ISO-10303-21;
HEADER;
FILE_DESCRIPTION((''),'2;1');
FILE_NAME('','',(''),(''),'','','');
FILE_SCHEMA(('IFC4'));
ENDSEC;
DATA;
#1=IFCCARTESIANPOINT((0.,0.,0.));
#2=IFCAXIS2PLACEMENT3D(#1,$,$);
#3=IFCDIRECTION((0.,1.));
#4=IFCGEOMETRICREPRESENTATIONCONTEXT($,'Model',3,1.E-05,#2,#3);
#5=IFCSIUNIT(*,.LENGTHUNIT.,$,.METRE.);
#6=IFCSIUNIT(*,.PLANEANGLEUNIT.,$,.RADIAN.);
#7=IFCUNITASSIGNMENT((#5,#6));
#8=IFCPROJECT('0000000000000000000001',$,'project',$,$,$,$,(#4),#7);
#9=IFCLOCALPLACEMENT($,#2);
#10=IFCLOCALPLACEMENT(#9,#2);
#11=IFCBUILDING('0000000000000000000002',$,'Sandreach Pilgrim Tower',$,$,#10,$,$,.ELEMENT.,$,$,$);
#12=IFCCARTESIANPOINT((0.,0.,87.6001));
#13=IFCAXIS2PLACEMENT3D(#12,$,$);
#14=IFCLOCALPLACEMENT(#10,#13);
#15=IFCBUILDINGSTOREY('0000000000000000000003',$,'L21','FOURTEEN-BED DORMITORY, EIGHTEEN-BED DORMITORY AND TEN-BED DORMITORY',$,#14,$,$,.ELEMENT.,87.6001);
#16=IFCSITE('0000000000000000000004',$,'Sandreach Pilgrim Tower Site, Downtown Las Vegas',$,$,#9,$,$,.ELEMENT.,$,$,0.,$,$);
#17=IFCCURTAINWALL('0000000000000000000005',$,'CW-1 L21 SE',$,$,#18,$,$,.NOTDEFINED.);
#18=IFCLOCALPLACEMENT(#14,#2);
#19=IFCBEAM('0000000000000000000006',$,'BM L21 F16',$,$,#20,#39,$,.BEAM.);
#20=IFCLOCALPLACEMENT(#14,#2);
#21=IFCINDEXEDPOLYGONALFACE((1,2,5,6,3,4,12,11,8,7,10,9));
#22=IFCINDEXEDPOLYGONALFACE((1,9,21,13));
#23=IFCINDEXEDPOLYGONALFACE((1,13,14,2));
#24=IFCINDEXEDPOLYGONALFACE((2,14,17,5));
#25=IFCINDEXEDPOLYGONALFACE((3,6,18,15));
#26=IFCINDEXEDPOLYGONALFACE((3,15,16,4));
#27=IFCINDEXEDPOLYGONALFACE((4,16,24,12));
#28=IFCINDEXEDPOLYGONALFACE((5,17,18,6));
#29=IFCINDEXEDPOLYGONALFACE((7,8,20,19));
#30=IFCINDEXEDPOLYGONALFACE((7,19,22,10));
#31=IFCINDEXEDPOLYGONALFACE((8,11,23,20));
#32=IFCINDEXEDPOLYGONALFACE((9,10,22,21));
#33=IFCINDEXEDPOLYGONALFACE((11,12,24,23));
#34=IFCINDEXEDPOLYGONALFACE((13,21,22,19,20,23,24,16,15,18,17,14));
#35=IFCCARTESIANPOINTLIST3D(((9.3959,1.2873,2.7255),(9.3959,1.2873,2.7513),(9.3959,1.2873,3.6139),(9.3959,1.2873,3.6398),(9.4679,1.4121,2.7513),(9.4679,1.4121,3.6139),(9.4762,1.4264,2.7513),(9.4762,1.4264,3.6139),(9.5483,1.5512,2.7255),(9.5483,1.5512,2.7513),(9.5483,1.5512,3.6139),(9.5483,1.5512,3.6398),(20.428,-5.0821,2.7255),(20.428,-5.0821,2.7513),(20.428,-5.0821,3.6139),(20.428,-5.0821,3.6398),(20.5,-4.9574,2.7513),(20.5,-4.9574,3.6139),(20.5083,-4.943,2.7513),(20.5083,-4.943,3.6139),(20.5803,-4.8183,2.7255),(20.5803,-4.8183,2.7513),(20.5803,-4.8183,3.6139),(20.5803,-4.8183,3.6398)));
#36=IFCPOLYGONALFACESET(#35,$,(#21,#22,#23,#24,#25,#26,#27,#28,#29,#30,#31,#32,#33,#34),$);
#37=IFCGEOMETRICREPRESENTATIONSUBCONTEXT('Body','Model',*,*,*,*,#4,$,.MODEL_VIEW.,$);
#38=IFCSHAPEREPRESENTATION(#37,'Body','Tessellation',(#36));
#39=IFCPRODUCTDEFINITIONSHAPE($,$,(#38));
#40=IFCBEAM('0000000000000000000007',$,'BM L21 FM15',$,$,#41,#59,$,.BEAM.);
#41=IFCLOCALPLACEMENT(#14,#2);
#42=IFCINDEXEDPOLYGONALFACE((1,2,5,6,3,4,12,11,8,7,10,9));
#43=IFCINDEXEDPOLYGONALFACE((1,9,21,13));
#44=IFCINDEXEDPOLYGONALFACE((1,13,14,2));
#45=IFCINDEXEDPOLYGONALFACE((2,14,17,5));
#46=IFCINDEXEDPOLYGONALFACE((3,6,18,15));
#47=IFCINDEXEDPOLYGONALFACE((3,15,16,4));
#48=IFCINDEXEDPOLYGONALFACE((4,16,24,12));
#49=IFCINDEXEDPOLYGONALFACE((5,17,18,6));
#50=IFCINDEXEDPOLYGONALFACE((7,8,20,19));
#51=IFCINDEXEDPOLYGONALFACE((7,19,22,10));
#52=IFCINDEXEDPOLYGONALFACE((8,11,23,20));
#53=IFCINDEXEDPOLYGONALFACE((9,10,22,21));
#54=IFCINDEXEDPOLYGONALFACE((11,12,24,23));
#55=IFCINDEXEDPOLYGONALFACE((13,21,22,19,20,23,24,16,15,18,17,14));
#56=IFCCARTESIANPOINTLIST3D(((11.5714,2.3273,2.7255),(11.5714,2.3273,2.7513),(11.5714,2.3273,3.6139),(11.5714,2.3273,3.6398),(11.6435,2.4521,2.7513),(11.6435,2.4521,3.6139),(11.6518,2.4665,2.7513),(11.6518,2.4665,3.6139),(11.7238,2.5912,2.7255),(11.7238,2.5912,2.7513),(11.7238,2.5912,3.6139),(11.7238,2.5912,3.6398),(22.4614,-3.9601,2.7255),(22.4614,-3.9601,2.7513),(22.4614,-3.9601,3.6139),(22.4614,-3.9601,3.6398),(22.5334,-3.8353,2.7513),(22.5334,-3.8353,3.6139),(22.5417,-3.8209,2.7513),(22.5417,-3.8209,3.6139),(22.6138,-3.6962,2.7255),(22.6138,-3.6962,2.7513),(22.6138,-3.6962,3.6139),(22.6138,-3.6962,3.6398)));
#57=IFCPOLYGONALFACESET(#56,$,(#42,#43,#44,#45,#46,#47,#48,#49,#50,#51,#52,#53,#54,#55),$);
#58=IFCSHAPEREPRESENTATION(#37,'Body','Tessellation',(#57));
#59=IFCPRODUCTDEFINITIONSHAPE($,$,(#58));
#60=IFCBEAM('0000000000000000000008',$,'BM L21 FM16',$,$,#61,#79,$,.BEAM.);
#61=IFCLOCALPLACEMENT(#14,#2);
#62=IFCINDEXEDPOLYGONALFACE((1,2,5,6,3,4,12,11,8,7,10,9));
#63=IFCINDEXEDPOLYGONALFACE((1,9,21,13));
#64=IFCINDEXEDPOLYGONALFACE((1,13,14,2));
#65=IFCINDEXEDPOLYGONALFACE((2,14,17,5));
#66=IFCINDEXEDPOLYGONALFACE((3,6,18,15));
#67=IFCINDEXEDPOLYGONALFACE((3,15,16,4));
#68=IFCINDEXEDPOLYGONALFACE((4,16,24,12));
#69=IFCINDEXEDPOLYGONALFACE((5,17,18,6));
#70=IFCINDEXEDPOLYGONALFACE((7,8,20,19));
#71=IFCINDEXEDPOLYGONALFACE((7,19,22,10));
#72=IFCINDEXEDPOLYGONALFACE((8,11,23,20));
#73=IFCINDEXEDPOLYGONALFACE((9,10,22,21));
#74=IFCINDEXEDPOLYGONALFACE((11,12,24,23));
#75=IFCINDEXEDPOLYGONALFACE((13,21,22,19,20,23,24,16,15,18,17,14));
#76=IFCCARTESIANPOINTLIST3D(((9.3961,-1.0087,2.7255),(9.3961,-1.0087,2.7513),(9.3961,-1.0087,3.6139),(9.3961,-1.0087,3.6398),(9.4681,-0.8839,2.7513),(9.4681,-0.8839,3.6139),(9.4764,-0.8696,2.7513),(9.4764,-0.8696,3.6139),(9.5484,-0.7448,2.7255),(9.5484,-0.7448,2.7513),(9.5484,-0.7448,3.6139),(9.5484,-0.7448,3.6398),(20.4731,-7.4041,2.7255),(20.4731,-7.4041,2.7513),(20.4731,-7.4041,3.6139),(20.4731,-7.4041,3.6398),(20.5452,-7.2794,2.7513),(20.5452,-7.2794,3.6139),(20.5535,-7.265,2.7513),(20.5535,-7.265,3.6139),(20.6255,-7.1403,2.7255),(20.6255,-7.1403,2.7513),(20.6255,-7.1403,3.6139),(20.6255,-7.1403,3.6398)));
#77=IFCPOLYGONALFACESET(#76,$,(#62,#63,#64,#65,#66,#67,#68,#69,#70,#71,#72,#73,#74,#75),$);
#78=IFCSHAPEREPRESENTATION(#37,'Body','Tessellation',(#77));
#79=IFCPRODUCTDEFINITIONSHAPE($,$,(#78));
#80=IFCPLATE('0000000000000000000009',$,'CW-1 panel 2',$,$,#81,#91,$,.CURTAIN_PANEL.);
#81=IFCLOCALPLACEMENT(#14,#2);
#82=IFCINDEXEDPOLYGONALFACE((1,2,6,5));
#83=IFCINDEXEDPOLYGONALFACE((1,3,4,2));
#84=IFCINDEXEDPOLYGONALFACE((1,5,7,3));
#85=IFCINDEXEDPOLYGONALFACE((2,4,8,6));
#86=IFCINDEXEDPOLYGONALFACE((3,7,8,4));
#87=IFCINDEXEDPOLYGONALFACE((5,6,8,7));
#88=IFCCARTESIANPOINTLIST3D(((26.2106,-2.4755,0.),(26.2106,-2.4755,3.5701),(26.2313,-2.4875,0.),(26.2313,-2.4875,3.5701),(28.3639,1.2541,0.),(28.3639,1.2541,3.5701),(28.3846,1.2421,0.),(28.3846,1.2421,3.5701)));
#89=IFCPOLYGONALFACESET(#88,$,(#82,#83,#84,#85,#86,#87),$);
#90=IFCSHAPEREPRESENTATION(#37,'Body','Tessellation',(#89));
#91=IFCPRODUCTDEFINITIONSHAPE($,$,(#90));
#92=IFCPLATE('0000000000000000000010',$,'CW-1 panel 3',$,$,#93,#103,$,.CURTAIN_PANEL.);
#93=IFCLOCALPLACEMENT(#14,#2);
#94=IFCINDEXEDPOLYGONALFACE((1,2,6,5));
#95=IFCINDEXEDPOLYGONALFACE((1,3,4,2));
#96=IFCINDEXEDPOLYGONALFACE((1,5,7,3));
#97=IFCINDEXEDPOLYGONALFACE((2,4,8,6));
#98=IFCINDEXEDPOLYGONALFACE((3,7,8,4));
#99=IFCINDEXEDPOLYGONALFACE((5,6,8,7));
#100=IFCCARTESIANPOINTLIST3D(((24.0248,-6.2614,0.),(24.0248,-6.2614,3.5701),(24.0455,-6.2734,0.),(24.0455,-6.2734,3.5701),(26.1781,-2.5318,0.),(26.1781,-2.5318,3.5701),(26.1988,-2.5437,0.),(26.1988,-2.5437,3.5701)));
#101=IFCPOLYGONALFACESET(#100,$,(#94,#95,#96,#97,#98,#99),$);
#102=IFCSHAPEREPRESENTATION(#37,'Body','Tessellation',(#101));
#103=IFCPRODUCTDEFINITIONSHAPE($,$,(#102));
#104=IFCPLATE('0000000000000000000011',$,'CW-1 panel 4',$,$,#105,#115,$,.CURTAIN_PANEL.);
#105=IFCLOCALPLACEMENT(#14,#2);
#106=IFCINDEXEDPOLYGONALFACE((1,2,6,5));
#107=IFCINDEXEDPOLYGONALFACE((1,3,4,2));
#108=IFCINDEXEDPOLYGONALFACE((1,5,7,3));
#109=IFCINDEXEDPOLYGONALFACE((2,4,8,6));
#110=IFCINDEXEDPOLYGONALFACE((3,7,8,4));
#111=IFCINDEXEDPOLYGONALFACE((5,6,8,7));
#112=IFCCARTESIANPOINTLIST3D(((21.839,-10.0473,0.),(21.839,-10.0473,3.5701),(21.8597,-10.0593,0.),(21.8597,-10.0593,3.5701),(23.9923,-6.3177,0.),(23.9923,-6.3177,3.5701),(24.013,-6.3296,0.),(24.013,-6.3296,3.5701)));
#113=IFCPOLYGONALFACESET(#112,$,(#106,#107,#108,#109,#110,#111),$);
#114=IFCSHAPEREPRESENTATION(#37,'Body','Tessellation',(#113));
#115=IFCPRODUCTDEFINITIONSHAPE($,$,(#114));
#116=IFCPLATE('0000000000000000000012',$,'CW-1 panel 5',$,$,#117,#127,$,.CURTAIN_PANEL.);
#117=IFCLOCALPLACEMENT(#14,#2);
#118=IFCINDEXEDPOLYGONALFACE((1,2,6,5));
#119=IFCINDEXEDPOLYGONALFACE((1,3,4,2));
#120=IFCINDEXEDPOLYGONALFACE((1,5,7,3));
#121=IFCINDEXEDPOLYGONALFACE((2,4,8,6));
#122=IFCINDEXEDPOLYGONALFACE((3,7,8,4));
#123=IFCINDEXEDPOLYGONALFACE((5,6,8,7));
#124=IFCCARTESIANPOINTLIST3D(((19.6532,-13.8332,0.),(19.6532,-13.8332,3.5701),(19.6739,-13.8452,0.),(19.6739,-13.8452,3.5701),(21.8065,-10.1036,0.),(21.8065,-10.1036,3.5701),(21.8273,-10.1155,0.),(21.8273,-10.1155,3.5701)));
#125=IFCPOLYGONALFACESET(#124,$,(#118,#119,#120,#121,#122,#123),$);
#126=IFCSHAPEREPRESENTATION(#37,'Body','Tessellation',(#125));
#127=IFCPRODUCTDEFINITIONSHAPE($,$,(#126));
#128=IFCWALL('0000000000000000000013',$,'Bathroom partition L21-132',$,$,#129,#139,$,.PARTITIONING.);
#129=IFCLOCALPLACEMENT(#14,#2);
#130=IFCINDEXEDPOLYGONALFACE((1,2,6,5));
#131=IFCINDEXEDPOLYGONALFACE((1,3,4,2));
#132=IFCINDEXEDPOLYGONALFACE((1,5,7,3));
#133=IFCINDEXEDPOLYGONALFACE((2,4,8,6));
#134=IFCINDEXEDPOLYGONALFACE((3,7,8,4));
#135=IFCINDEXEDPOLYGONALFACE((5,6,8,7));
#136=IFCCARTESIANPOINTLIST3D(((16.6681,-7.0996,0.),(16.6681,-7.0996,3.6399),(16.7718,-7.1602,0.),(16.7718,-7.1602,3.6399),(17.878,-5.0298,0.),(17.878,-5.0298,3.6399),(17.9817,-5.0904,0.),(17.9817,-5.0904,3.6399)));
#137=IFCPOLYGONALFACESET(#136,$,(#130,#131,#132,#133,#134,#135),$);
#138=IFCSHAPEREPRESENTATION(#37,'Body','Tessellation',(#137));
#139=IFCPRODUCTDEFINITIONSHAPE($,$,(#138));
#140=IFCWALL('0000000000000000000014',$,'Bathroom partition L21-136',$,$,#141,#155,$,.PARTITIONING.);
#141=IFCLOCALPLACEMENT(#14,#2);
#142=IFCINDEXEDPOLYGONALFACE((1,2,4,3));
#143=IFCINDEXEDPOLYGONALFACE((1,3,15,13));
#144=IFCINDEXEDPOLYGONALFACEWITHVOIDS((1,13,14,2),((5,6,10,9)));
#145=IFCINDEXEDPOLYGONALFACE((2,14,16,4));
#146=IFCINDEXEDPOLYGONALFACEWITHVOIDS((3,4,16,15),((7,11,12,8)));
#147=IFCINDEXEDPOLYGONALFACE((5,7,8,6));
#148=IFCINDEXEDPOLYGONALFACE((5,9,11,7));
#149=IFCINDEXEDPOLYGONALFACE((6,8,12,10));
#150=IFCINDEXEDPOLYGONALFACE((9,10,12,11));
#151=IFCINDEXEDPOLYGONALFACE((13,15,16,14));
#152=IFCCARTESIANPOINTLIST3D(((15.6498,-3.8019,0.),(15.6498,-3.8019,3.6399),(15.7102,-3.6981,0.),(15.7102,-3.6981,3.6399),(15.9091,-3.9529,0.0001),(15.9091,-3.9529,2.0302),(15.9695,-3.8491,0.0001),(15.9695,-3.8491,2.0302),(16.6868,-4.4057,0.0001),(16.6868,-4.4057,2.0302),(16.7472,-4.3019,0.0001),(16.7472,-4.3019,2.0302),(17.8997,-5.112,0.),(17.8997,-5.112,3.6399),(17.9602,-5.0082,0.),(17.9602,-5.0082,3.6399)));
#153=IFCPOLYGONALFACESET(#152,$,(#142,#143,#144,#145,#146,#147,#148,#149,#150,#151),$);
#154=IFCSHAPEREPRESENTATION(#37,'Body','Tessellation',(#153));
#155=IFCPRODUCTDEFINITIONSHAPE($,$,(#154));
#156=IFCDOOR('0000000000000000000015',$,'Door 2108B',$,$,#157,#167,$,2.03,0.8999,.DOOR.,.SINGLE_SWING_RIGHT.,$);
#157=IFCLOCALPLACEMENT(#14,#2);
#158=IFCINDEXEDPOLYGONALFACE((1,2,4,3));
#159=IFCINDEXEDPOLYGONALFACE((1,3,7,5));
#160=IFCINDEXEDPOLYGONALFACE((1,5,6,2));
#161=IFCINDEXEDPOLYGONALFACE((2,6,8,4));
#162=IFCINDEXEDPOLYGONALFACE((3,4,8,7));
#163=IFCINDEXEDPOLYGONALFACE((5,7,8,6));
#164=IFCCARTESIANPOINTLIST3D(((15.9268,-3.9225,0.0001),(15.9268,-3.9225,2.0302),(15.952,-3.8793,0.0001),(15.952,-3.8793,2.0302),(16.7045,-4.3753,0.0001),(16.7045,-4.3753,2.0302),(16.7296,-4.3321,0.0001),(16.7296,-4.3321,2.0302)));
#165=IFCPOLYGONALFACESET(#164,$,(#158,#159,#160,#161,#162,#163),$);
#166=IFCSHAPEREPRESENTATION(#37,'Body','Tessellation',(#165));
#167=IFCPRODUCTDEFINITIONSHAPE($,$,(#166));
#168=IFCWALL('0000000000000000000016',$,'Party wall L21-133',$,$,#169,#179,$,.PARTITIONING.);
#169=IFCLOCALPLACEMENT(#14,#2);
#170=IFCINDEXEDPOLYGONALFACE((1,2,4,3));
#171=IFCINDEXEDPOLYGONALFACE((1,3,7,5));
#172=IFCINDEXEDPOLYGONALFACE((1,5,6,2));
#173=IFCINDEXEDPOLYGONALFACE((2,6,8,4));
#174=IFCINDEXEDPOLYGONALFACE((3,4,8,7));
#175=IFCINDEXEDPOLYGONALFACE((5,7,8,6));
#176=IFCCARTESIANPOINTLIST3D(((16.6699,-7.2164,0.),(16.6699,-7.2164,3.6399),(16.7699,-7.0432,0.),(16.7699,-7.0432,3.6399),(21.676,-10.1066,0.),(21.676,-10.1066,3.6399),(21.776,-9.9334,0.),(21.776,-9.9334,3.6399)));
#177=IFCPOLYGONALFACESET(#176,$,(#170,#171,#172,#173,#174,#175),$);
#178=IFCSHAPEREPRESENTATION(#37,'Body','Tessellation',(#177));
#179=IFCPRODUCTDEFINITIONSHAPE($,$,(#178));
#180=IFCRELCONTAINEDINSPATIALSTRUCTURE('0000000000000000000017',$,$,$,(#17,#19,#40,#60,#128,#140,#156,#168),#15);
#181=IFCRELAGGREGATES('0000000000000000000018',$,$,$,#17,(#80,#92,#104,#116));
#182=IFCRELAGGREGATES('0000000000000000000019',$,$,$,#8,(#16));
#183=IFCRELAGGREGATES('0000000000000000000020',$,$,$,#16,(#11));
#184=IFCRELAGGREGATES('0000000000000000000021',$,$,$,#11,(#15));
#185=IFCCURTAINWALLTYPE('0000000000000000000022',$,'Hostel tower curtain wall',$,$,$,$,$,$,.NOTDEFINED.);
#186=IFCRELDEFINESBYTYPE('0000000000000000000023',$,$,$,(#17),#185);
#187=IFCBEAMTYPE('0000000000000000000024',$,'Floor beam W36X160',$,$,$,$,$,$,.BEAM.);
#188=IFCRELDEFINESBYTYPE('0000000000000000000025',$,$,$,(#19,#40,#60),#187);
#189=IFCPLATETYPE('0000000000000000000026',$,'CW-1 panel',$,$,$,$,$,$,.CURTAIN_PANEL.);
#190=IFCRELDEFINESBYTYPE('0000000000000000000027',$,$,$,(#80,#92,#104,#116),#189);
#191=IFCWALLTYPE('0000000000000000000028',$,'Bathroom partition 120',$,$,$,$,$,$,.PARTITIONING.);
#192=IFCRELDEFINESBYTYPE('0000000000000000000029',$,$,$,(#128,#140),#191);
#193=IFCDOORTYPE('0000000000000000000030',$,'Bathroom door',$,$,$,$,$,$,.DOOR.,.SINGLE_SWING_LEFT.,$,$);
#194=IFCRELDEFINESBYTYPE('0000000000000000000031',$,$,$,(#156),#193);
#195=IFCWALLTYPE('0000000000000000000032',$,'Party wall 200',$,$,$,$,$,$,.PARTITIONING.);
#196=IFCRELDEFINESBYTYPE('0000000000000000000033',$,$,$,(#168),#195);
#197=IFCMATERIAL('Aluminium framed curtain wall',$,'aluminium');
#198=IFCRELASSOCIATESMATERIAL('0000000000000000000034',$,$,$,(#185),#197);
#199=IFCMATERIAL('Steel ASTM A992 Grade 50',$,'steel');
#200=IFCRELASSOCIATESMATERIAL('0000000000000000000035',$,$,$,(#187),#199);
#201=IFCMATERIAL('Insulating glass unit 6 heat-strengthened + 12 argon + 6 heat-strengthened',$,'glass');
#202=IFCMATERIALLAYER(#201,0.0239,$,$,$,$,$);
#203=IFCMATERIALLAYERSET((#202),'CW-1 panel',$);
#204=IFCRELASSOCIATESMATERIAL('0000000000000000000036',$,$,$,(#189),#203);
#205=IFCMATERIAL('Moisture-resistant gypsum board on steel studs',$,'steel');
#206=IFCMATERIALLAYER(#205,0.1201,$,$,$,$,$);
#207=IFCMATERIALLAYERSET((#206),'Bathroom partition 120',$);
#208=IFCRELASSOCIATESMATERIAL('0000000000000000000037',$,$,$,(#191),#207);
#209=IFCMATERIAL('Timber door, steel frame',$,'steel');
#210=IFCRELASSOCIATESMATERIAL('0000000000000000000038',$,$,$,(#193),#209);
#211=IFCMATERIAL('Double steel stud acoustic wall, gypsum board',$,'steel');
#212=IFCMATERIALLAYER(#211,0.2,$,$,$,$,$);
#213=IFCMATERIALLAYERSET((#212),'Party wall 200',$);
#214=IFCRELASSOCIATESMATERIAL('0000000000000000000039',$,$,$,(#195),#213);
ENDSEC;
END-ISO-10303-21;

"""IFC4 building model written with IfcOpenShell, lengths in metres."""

from ifc_helpers import new_model, si_unit, direction, frame, frame_2d, origin, origin_2d, place, context, subcontext, project, spatial, rectangle, i_section, extrude, material, layer, layer_set, material_profile, profile_set, type_object, element, fill, aggregate, save


model = new_model("IFC4")

# Units and contexts
model_context = context("Model", 3, precision=1e-05, world=origin(), true_north=direction((0.0, 1.0)))
body_context = subcontext(model_context, "Body", "Model", "MODEL_VIEW")
ifc_project = project(units=[si_unit("LENGTHUNIT", "METRE"), si_unit("PLANEANGLEUNIT", "RADIAN")], contexts=[model_context])

# Site, building, storey
site_placement = place(None, origin())
site = spatial("IfcSite", under=ifc_project, at=site_placement, Name="Sandreach Pilgrim Tower Site, Downtown Las Vegas", CompositionType="ELEMENT", RefElevation=0.0)
building_placement = place(site_placement, origin())
building = spatial("IfcBuilding", under=site, at=building_placement, Name="Sandreach Pilgrim Tower", CompositionType="ELEMENT")
storey_placement = place(building_placement, frame((0.0, 0.0, 87.6001)))
storey = spatial("IfcBuildingStorey", under=building, at=storey_placement, Name="L21", Description="FOURTEEN-BED DORMITORY, EIGHTEEN-BED DORMITORY AND TEN-BED DORMITORY", CompositionType="ELEMENT", Elevation=87.6001)

# Curtain wall
ifc_material_1 = material(Name="Aluminium framed curtain wall", Category="aluminium")
curtain_wall_type = type_object("IfcCurtainWallType", Name="Hostel tower curtain wall", PredefinedType="NOTDEFINED", material=ifc_material_1)
curtain_wall_placement = place(storey_placement, origin())
curtain_wall = element("IfcCurtainWall", 1, at=curtain_wall_placement, inside=storey, type_object=curtain_wall_type, Name="CW-1 L21 SE", PredefinedType="NOTDEFINED")

# Beams
ifc_material_2 = material(Name="Steel ASTM A992 Grade 50", Category="steel")
ifc_material_profile_1 = material_profile(ifc_material_2, i_section(OverallWidth=0.3047, OverallDepth=0.9143, WebThickness=0.0166, FlangeThickness=0.0259, at=origin_2d()), Name="W36X160")
ifc_profile_set_1 = profile_set([ifc_material_profile_1], Name="Steel ASTM A992 Grade 50")
beam_type_1 = type_object("IfcBeamType", Name="Floor beam W36X160", PredefinedType="BEAM", material=ifc_profile_set_1)
beam_1_placement = place(storey_placement, frame((20.5042, -4.9502, 3.1826), z_axis=(-0.866023, 0.500004, 0.0), x_axis=(-0.500004, -0.866023, 0.0)))
element("IfcBeam", 2, at=beam_1_placement, inside=storey, type_object=beam_type_1, Name="BM L21 F16", PredefinedType="BEAM", context=body_context, shape_type="SweptSolid", body=[
    extrude(i_section(OverallWidth=0.3047, OverallDepth=0.9143, WebThickness=0.0166, FlangeThickness=0.0259, at=origin_2d()), origin(), (0.0, 0.0, 1.0), 12.7388),
])
beam_2_placement = place(storey_placement, frame((22.5376, -3.8281, 3.1826), z_axis=(-0.866023, 0.500004, 0.0), x_axis=(-0.500004, -0.866023, 0.0)))
element("IfcBeam", 3, at=beam_2_placement, inside=storey, type_object=beam_type_1, Name="BM L21 FM15", PredefinedType="BEAM", context=body_context, shape_type="SweptSolid", body=[
    extrude(i_section(OverallWidth=0.3047, OverallDepth=0.9143, WebThickness=0.0166, FlangeThickness=0.0259, at=origin_2d()), origin(), (0.0, 0.0, 1.0), 12.5747),
])
beam_3_placement = place(storey_placement, frame((20.5493, -7.2722, 3.1826), z_axis=(-0.866022, 0.500007, 0.0), x_axis=(-0.500007, -0.866022, 0.0)))
element("IfcBeam", 4, at=beam_3_placement, inside=storey, type_object=beam_type_1, Name="BM L21 FM16", PredefinedType="BEAM", context=body_context, shape_type="SweptSolid", body=[
    extrude(i_section(OverallWidth=0.3047, OverallDepth=0.9143, WebThickness=0.0166, FlangeThickness=0.0259, at=origin_2d()), origin(), (0.0, 0.0, 1.0), 12.7908),
])

# Plates
ifc_material_3 = material(Name="Insulating glass unit 6 heat-strengthened + 12 argon + 6 heat-strengthened", Category="glass")
ifc_layer_1 = layer(ifc_material_3, 0.0239)
ifc_layer_set_1 = layer_set([ifc_layer_1], Name="CW-1 panel")
plate_type = type_object("IfcPlateType", Name="CW-1 panel", PredefinedType="CURTAIN_PANEL", material=ifc_layer_set_1)
plate_1_placement = place(storey_placement, frame((27.2976, -0.6167, 0.0), z_axis=(0.0, 0.0, 1.0), x_axis=(-0.5, -0.866025, 0.0)))
plate_1 = element("IfcPlate", 5, at=plate_1_placement, type_object=plate_type, Name="CW-1 panel 2", PredefinedType="CURTAIN_PANEL", context=body_context, shape_type="SweptSolid", body=[
    extrude(rectangle(XDim=4.3066, YDim=0.0239, at=origin_2d()), origin(), (0.0, 0.0, 1.0), 3.5701),
])
plate_2_placement = place(storey_placement, frame((25.1118, -4.4026, 0.0), z_axis=(0.0, 0.0, 1.0), x_axis=(-0.5, -0.866025, 0.0)))
plate_2 = element("IfcPlate", 6, at=plate_2_placement, type_object=plate_type, Name="CW-1 panel 3", PredefinedType="CURTAIN_PANEL", context=body_context, shape_type="SweptSolid", body=[
    extrude(rectangle(XDim=4.3066, YDim=0.0239, at=origin_2d()), origin(), (0.0, 0.0, 1.0), 3.5701),
])
plate_3_placement = place(storey_placement, frame((22.926, -8.1885, 0.0), z_axis=(0.0, 0.0, 1.0), x_axis=(-0.5, -0.866025, 0.0)))
plate_3 = element("IfcPlate", 7, at=plate_3_placement, type_object=plate_type, Name="CW-1 panel 4", PredefinedType="CURTAIN_PANEL", context=body_context, shape_type="SweptSolid", body=[
    extrude(rectangle(XDim=4.3066, YDim=0.0239, at=origin_2d()), origin(), (0.0, 0.0, 1.0), 3.5701),
])
plate_4_placement = place(storey_placement, frame((20.7402, -11.9744, 0.0), z_axis=(0.0, 0.0, 1.0), x_axis=(-0.5, -0.866025, 0.0)))
plate_4 = element("IfcPlate", 8, at=plate_4_placement, type_object=plate_type, Name="CW-1 panel 5", PredefinedType="CURTAIN_PANEL", context=body_context, shape_type="SweptSolid", body=[
    extrude(rectangle(XDim=4.3066, YDim=0.0239, at=origin_2d()), origin(), (0.0, 0.0, 1.0), 3.5701),
])
aggregate(curtain_wall, [plate_1, plate_2, plate_3, plate_4])

# Wall
ifc_material_4 = material(Name="Moisture-resistant gypsum board on steel studs", Category="steel")
ifc_layer_2 = layer(ifc_material_4, 0.1201)
ifc_layer_set_2 = layer_set([ifc_layer_2], Name="Bathroom partition 120")
wall_type_1 = type_object("IfcWallType", Name="Bathroom partition 120", PredefinedType="PARTITIONING", material=ifc_layer_set_2)
wall_1_placement = place(storey_placement, frame((16.72, -7.1299, 0.0), z_axis=(0.0, 0.0, 1.0), x_axis=(0.504669, 0.863313, 0.0)))
element("IfcWall", 9, at=wall_1_placement, inside=storey, type_object=wall_type_1, Name="Bathroom partition L21-132", PredefinedType="PARTITIONING", context=body_context, shape_type="SweptSolid", body=[
    extrude(rectangle(XDim=2.3975, YDim=0.1201, at=frame_2d((1.1987, 0.0))), origin(), (0.0, 0.0, 1.0), 3.6399),
])

# Wall, opening, door
wall_2_placement = place(storey_placement, frame((17.9299, -5.0601, 0.0), z_axis=(0.0, 0.0, 1.0), x_axis=(-0.864187, 0.503171, 0.0)))
wall_2 = element("IfcWall", 10, at=wall_2_placement, inside=storey, type_object=wall_type_1, Name="Bathroom partition L21-136", PredefinedType="PARTITIONING", context=body_context, shape_type="SweptSolid", body=[
    extrude(rectangle(XDim=2.6035, YDim=0.1201, at=frame_2d((1.3018, 0.0))), origin(), (0.0, 0.0, 1.0), 3.6399),
])
opening_placement = place(wall_2_placement, frame((1.4036, 0.0, 0.0)))
opening = element("IfcOpeningElement", 11, at=opening_placement, cuts=wall_2, PredefinedType="OPENING", context=body_context, shape_type="SweptSolid", body=[
    extrude(rectangle(XDim=0.8999, YDim=2.03, at=frame_2d((0.45, 1.0151))), frame((0.0, 0.0601, 0.0), z_axis=(0.0, -1.0, 0.0), x_axis=(1.0, 0.0, 0.0)), (0.0, 0.0, 1.0), 0.1201),
])
ifc_material_5 = material(Name="Timber door, steel frame", Category="steel")
door_type = type_object("IfcDoorType", Name="Bathroom door", OperationType="SINGLE_SWING_LEFT", PredefinedType="DOOR", material=ifc_material_5)
door_placement = place(opening_placement, origin())
door = element("IfcDoor", 12, at=door_placement, inside=storey, type_object=door_type, Name="Door 2108B", OperationType="SINGLE_SWING_RIGHT", OverallHeight=2.03, OverallWidth=0.8999, PredefinedType="DOOR", context=body_context, shape_type="SweptSolid", body=[
    extrude(rectangle(XDim=0.8999, YDim=2.03, at=frame_2d((0.45, 1.0151))), frame((0.0, 0.0249, 0.0), z_axis=(0.0, -1.0, 0.0), x_axis=(1.0, 0.0, 0.0)), (0.0, 0.0, 1.0), 0.05),
])
fill(opening, door)

# Wall
ifc_material_6 = material(Name="Double steel stud acoustic wall, gypsum board", Category="steel")
ifc_layer_3 = layer(ifc_material_6, 0.2)
ifc_layer_set_3 = layer_set([ifc_layer_3], Name="Party wall 200")
wall_type_2 = type_object("IfcWallType", Name="Party wall 200", PredefinedType="PARTITIONING", material=ifc_layer_set_3)
wall_3_placement = place(storey_placement, frame((16.72, -7.1299, 0.0), z_axis=(0.0, 0.0, 1.0), x_axis=(0.866036, -0.499982, 0.0)))
element("IfcWall", 13, at=wall_3_placement, inside=storey, type_object=wall_type_2, Name="Party wall L21-133", PredefinedType="PARTITIONING", context=body_context, shape_type="SweptSolid", body=[
    extrude(rectangle(XDim=5.7805, YDim=0.2, at=frame_2d((2.8901, 0.0))), origin(), (0.0, 0.0, 1.0), 3.6399),
])

save(model, "model.ifc")
